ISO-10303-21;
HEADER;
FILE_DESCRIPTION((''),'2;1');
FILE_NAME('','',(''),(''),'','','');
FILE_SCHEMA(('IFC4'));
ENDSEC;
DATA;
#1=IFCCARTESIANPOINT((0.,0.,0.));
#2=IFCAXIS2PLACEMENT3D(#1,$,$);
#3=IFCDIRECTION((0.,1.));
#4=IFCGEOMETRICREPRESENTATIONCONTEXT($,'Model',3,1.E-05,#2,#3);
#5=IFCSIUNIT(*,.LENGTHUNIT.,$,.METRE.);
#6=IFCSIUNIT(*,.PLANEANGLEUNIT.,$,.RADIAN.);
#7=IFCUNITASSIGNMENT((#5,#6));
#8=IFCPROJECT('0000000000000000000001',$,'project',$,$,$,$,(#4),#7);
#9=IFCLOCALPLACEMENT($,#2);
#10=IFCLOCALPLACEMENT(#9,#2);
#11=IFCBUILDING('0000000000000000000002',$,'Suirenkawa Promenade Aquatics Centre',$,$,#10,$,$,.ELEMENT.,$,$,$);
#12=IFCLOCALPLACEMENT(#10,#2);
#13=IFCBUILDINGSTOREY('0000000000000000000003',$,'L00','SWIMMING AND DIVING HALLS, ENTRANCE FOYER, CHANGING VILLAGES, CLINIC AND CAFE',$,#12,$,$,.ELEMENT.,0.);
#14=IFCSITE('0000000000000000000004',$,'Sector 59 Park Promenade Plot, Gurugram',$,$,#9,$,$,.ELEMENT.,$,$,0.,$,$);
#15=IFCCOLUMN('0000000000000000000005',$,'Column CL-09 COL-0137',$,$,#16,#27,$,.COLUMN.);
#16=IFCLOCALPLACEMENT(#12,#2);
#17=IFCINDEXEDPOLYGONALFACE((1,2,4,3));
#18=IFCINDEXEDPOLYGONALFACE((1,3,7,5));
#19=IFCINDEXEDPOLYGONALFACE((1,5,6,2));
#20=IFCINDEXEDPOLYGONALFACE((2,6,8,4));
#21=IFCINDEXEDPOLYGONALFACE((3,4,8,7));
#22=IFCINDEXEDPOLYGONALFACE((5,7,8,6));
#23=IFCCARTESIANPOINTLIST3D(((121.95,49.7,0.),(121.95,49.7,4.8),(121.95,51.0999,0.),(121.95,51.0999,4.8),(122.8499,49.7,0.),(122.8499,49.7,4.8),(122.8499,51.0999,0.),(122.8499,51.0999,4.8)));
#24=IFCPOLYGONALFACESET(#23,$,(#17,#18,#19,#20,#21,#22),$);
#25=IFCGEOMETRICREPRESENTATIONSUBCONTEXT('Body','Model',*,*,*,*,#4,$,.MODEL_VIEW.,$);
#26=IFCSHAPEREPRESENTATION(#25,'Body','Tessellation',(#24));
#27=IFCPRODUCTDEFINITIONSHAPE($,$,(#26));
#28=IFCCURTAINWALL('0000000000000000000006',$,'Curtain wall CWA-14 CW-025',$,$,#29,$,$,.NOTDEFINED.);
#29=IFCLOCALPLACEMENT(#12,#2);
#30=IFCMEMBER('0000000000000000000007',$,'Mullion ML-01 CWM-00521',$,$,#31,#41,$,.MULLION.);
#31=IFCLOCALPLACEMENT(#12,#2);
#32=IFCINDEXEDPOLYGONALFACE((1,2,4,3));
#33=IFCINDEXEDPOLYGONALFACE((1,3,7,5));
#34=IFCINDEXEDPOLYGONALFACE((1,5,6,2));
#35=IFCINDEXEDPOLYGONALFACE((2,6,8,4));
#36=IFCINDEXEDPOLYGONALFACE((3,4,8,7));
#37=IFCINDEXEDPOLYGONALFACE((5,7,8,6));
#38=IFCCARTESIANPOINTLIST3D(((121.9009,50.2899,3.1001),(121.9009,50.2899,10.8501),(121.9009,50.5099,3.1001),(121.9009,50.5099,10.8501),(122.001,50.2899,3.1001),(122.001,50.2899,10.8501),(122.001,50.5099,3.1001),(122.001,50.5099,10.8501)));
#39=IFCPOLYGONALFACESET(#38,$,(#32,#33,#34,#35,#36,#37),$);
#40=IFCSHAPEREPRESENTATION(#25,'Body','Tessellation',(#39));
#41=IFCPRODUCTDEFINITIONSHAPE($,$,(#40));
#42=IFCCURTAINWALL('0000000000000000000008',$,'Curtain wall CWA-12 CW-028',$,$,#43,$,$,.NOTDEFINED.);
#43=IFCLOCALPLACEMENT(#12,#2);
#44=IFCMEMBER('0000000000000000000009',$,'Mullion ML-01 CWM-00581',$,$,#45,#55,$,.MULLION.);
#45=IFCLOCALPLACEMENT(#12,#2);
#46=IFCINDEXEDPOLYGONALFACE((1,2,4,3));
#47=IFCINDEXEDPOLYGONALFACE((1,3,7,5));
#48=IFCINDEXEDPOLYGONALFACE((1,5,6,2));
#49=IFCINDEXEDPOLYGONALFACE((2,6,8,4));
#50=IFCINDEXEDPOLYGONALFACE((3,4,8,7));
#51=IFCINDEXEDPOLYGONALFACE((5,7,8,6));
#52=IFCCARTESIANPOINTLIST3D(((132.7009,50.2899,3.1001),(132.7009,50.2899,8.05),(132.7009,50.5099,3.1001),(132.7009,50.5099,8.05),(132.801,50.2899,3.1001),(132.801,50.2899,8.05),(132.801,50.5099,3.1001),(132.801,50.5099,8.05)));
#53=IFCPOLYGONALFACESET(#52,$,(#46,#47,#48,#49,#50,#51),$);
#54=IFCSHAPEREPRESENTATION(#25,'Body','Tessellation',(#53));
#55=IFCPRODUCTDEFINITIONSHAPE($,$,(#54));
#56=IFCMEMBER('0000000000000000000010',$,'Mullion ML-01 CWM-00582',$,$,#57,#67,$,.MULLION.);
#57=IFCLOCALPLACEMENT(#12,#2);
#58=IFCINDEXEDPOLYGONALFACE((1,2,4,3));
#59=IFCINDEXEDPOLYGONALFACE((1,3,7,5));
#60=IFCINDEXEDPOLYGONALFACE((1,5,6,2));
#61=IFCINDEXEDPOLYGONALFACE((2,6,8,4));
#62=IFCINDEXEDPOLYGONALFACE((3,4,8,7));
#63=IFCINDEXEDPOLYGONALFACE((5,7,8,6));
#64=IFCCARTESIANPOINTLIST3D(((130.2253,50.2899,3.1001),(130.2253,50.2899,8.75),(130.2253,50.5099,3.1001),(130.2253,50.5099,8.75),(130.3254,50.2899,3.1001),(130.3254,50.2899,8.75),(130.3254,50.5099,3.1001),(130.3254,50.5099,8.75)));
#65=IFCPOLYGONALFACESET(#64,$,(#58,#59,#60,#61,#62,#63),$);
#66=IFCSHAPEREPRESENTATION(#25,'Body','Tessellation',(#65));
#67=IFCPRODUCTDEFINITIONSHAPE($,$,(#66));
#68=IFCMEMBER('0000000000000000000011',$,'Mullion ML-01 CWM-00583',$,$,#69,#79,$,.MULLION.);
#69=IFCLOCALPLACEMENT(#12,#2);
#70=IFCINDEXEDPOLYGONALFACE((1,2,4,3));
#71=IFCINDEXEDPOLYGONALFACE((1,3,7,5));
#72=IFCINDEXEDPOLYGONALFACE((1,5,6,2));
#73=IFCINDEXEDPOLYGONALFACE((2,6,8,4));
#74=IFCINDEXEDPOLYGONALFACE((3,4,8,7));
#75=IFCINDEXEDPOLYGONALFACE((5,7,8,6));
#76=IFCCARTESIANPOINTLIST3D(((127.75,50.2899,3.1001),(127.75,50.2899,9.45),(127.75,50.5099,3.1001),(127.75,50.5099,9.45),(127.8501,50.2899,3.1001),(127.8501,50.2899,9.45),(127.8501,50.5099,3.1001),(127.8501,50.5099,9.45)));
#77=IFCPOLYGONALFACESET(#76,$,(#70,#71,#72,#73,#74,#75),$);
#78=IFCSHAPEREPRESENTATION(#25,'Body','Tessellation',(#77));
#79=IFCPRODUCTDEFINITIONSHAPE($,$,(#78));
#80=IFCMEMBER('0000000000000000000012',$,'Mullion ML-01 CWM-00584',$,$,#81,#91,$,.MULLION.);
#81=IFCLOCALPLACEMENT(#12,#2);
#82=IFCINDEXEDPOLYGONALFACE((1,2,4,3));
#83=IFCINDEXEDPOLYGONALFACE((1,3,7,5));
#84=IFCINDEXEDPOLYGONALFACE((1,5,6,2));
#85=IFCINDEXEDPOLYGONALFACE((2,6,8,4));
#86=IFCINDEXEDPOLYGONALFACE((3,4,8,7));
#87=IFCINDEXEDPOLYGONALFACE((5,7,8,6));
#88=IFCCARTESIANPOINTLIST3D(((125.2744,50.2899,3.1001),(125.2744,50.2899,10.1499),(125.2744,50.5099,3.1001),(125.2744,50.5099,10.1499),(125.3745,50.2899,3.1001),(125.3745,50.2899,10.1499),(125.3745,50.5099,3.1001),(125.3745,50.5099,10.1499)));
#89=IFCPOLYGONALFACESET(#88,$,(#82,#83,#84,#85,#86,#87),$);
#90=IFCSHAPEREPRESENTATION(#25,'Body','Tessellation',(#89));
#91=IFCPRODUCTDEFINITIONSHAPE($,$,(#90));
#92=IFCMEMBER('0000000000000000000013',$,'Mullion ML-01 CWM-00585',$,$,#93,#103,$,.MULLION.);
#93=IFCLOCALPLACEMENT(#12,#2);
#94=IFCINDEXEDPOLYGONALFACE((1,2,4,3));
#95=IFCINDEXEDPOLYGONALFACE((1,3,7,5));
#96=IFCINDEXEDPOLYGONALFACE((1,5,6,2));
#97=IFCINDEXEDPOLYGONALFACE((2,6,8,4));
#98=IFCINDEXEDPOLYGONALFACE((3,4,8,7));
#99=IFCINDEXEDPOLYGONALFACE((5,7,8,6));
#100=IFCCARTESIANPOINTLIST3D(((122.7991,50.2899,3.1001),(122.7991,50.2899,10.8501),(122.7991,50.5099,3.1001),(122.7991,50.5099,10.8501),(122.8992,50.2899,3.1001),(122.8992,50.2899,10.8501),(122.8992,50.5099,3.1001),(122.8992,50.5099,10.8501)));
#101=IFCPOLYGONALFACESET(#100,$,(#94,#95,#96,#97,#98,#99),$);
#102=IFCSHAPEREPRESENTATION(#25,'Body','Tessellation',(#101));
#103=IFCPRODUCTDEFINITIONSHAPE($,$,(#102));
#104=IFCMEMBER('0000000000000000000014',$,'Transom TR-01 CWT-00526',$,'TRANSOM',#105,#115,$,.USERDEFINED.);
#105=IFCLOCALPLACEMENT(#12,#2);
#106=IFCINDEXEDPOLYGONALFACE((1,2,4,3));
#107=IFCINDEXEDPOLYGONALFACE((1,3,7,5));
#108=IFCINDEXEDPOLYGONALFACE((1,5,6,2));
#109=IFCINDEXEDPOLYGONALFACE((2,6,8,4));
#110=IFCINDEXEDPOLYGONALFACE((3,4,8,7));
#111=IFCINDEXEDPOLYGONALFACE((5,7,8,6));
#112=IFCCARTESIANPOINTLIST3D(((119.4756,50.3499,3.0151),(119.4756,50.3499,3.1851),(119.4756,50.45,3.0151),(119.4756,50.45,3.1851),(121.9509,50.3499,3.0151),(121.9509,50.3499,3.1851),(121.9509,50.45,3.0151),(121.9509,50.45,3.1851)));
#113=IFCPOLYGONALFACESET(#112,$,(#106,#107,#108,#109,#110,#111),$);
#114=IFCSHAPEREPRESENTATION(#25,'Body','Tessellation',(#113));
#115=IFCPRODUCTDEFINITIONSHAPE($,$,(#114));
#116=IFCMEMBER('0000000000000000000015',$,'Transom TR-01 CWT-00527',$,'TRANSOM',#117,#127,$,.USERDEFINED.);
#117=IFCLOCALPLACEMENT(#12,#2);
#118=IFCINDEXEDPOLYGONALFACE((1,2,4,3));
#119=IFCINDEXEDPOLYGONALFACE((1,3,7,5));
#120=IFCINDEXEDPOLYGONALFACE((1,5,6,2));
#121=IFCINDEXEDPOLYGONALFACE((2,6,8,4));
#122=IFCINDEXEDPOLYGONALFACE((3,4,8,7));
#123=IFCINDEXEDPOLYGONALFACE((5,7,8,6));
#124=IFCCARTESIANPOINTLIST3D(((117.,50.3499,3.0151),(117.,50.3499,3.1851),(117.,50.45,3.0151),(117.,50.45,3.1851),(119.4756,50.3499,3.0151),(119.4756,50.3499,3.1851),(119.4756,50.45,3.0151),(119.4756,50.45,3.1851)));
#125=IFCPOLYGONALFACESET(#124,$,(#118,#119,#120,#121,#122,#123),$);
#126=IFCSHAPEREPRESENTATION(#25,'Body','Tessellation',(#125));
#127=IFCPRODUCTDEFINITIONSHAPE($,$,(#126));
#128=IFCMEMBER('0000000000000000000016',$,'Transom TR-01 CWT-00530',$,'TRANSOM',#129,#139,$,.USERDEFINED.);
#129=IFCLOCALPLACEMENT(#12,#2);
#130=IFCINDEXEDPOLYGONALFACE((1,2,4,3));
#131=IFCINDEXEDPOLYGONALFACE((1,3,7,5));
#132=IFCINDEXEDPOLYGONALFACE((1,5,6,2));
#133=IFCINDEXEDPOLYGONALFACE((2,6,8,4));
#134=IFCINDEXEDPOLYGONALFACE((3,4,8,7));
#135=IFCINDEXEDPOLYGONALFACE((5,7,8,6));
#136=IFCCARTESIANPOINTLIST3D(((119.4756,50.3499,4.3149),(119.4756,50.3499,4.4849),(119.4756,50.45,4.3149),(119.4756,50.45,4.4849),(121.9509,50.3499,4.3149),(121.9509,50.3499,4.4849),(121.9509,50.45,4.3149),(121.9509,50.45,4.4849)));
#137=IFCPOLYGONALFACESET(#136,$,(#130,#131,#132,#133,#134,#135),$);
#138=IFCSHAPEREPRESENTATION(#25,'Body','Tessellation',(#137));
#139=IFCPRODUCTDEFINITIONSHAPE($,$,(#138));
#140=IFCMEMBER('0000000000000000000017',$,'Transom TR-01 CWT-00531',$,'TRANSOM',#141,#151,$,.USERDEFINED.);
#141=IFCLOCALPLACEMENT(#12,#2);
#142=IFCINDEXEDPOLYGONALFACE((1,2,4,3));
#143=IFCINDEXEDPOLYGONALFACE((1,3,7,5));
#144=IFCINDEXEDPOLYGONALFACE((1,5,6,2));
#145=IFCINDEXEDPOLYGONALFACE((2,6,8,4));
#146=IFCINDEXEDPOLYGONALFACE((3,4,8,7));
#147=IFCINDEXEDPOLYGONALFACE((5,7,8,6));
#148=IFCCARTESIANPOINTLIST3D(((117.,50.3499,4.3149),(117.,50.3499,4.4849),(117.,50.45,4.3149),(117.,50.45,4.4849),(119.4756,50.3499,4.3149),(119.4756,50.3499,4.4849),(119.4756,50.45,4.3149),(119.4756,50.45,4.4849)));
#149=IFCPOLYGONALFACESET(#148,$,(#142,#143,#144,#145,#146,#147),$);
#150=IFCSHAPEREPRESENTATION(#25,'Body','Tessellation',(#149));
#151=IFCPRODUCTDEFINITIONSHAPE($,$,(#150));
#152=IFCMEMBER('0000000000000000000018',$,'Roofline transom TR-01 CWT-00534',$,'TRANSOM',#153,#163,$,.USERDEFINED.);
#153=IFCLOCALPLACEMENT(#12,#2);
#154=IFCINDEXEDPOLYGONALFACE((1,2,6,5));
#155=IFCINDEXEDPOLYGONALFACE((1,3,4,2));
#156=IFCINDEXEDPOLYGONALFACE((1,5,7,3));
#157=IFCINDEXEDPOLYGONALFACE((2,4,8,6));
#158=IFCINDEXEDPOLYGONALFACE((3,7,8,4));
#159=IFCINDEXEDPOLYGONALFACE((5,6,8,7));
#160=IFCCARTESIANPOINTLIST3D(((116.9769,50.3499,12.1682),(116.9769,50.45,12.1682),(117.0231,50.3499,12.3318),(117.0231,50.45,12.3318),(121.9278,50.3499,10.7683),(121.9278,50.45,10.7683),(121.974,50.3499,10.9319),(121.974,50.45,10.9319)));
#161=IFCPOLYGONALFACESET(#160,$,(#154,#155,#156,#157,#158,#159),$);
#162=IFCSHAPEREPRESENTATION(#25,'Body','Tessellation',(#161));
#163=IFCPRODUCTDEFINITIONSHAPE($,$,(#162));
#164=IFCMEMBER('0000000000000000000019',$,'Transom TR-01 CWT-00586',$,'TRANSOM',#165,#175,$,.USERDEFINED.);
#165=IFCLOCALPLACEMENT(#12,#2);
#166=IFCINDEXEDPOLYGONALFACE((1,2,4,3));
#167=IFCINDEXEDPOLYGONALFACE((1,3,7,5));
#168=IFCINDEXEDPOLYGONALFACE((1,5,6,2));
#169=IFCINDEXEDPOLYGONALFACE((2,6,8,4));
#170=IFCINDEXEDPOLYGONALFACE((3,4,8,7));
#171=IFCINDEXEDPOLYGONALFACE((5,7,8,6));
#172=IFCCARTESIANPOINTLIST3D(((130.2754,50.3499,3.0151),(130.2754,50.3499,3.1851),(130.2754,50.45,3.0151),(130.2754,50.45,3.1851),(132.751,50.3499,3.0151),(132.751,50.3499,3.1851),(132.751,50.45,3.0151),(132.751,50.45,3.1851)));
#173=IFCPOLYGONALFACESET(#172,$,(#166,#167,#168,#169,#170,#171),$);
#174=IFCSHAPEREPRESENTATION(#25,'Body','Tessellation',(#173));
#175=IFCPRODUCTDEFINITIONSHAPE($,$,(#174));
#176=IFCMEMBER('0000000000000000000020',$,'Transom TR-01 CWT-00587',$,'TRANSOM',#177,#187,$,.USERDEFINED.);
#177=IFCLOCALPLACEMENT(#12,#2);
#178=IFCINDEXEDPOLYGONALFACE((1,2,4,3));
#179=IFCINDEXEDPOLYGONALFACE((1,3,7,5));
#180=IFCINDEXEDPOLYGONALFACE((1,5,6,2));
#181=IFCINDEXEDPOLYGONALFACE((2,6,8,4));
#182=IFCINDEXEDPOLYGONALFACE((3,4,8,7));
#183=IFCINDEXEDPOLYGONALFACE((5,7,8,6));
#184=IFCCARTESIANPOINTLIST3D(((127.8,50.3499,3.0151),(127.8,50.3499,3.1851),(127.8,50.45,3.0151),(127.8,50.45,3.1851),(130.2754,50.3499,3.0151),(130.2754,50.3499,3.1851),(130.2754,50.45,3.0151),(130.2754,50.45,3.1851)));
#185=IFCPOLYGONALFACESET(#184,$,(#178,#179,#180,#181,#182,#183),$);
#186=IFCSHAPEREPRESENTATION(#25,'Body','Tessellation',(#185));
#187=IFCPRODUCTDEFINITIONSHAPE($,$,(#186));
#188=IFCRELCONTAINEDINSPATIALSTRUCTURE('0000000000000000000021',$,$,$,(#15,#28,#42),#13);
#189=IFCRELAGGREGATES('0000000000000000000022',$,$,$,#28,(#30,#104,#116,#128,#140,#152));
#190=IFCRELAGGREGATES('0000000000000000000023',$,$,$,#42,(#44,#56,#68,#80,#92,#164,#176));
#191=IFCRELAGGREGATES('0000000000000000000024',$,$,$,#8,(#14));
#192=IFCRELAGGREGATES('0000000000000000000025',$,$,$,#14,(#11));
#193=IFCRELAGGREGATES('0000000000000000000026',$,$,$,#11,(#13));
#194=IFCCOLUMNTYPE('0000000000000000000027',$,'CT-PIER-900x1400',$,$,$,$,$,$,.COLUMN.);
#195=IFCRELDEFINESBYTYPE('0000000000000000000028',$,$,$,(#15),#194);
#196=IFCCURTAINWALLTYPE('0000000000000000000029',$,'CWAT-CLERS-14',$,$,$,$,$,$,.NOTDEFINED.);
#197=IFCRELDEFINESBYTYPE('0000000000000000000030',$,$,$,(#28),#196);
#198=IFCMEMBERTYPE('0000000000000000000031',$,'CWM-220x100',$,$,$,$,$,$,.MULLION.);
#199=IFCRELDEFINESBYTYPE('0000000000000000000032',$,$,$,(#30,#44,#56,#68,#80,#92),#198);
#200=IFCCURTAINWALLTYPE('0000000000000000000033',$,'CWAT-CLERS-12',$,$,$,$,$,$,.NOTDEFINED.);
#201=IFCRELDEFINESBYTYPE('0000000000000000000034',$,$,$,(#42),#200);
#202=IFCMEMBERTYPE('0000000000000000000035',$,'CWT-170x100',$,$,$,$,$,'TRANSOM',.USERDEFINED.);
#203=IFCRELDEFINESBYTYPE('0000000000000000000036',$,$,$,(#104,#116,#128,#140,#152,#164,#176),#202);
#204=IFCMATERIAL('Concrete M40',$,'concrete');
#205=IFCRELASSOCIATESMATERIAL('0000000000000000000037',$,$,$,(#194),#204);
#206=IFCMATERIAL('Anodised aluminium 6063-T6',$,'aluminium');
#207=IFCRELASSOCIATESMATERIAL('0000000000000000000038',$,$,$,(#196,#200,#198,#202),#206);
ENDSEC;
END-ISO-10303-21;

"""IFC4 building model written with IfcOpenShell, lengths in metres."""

from ifc_helpers import new_model, si_unit, direction, frame, origin, origin_2d, place, context, subcontext, project, spatial, rectangle, extrude, material, material_profile, profile_set, type_object, element, aggregate, save


model = new_model("IFC4")

# Units and contexts
model_context = context("Model", 3, precision=1e-05, world=origin(), true_north=direction((0.0, 1.0)))
body_context = subcontext(model_context, "Body", "Model", "MODEL_VIEW")
ifc_project = project(units=[si_unit("LENGTHUNIT", "METRE"), si_unit("PLANEANGLEUNIT", "RADIAN")], contexts=[model_context])

# Site, building, storey
site_placement = place(None, origin())
site = spatial("IfcSite", under=ifc_project, at=site_placement, Name="Sector 59 Park Promenade Plot, Gurugram", CompositionType="ELEMENT", RefElevation=0.0)
building_placement = place(site_placement, origin())
building = spatial("IfcBuilding", under=site, at=building_placement, Name="Suirenkawa Promenade Aquatics Centre", CompositionType="ELEMENT")
storey_placement = place(building_placement, origin())
storey = spatial("IfcBuildingStorey", under=building, at=storey_placement, Name="L00", Description="SWIMMING AND DIVING HALLS, ENTRANCE FOYER, CHANGING VILLAGES, CLINIC AND CAFE", CompositionType="ELEMENT", Elevation=0.0)

# Column
ifc_material_1 = material(Name="Concrete M40", Category="concrete")
ifc_material_profile_1 = material_profile(ifc_material_1, rectangle(XDim=0.8999, YDim=1.3999, at=origin_2d()), Name="RC PIER 900x1400", Category="concrete")
ifc_profile_set_1 = profile_set([ifc_material_profile_1], Name="Concrete M40")
column_type = type_object("IfcColumnType", Name="CT-PIER-900x1400", PredefinedType="COLUMN", material=ifc_profile_set_1)
column_placement = place(storey_placement, frame((122.3999, 50.3999, 0.0), z_axis=(0.0, 0.0, 1.0), x_axis=(1.0, 0.0, 0.0)))
element("IfcColumn", 1, at=column_placement, inside=storey, type_object=column_type, Name="Column CL-09 COL-0137", PredefinedType="COLUMN", context=body_context, shape_type="SweptSolid", body=[
    extrude(rectangle(XDim=0.8999, YDim=1.3999, at=origin_2d()), origin(), (0.0, 0.0, 1.0), 4.8),
])

# Curtain wall, member
ifc_material_2 = material(Name="Anodised aluminium 6063-T6", Category="aluminium")
curtain_wall_type_1 = type_object("IfcCurtainWallType", Name="CWAT-CLERS-14", PredefinedType="NOTDEFINED", material=ifc_material_2)
curtain_wall_1_placement = place(storey_placement, origin())
curtain_wall_1 = element("IfcCurtainWall", 2, at=curtain_wall_1_placement, inside=storey, type_object=curtain_wall_type_1, Name="Curtain wall CWA-14 CW-025", PredefinedType="NOTDEFINED")
ifc_material_profile_2 = material_profile(ifc_material_2, rectangle(XDim=0.1001, YDim=0.22, at=origin_2d()), Name="ALU MULL 100x220", Category="aluminium")
ifc_profile_set_2 = profile_set([ifc_material_profile_2], Name="Anodised aluminium 6063-T6")
member_type_1 = type_object("IfcMemberType", Name="CWM-220x100", PredefinedType="MULLION", material=ifc_profile_set_2)
member_1_placement = place(storey_placement, frame((121.9509, 50.3999, 3.1001), z_axis=(0.0, 0.0, 1.0), x_axis=(-1.0, 0.0, 0.0)))
member_1 = element("IfcMember", 3, at=member_1_placement, type_object=member_type_1, Name="Mullion ML-01 CWM-00521", PredefinedType="MULLION", context=body_context, shape_type="SweptSolid", body=[
    extrude(rectangle(XDim=0.1001, YDim=0.22, at=origin_2d()), origin(), (0.0, 0.0, 1.0), 7.75),
])

# Curtain wall, members
curtain_wall_type_2 = type_object("IfcCurtainWallType", Name="CWAT-CLERS-12", PredefinedType="NOTDEFINED", material=ifc_material_2)
curtain_wall_2_placement = place(storey_placement, origin())
curtain_wall_2 = element("IfcCurtainWall", 4, at=curtain_wall_2_placement, inside=storey, type_object=curtain_wall_type_2, Name="Curtain wall CWA-12 CW-028", PredefinedType="NOTDEFINED")
member_2_placement = place(storey_placement, frame((132.751, 50.3999, 3.1001), z_axis=(0.0, 0.0, 1.0), x_axis=(-1.0, 0.0, 0.0)))
member_2 = element("IfcMember", 5, at=member_2_placement, type_object=member_type_1, Name="Mullion ML-01 CWM-00581", PredefinedType="MULLION", context=body_context, shape_type="SweptSolid", body=[
    extrude(rectangle(XDim=0.1001, YDim=0.22, at=origin_2d()), origin(), (0.0, 0.0, 1.0), 4.95),
])
member_3_placement = place(storey_placement, frame((130.2754, 50.3999, 3.1001), z_axis=(0.0, 0.0, 1.0), x_axis=(-1.0, 0.0, 0.0)))
member_3 = element("IfcMember", 6, at=member_3_placement, type_object=member_type_1, Name="Mullion ML-01 CWM-00582", PredefinedType="MULLION", context=body_context, shape_type="SweptSolid", body=[
    extrude(rectangle(XDim=0.1001, YDim=0.22, at=origin_2d()), origin(), (0.0, 0.0, 1.0), 5.6499),
])
member_4_placement = place(storey_placement, frame((127.8, 50.3999, 3.1001), z_axis=(0.0, 0.0, 1.0), x_axis=(-1.0, 0.0, 0.0)))
member_4 = element("IfcMember", 7, at=member_4_placement, type_object=member_type_1, Name="Mullion ML-01 CWM-00583", PredefinedType="MULLION", context=body_context, shape_type="SweptSolid", body=[
    extrude(rectangle(XDim=0.1001, YDim=0.22, at=origin_2d()), origin(), (0.0, 0.0, 1.0), 6.3499),
])
member_5_placement = place(storey_placement, frame((125.3245, 50.3999, 3.1001), z_axis=(0.0, 0.0, 1.0), x_axis=(-1.0, 0.0, 0.0)))
member_5 = element("IfcMember", 8, at=member_5_placement, type_object=member_type_1, Name="Mullion ML-01 CWM-00584", PredefinedType="MULLION", context=body_context, shape_type="SweptSolid", body=[
    extrude(rectangle(XDim=0.1001, YDim=0.22, at=origin_2d()), origin(), (0.0, 0.0, 1.0), 7.0498),
])
member_6_placement = place(storey_placement, frame((122.8491, 50.3999, 3.1001), z_axis=(0.0, 0.0, 1.0), x_axis=(-1.0, 0.0, 0.0)))
member_6 = element("IfcMember", 9, at=member_6_placement, type_object=member_type_1, Name="Mullion ML-01 CWM-00585", PredefinedType="MULLION", context=body_context, shape_type="SweptSolid", body=[
    extrude(rectangle(XDim=0.1001, YDim=0.22, at=origin_2d()), origin(), (0.0, 0.0, 1.0), 7.75),
])

# Members
ifc_material_profile_3 = material_profile(ifc_material_2, rectangle(XDim=0.1001, YDim=0.1699, at=origin_2d()), Name="ALU TRAN 100x170", Category="aluminium")
ifc_profile_set_3 = profile_set([ifc_material_profile_3], Name="Anodised aluminium 6063-T6")
member_type_2 = type_object("IfcMemberType", Name="CWT-170x100", ElementType="TRANSOM", PredefinedType="USERDEFINED", material=ifc_profile_set_3)
member_7_placement = place(storey_placement, frame((121.9509, 50.3999, 3.1001), z_axis=(-1.0, 0.0, 0.0), x_axis=(0.0, -1.0, 0.0)))
member_7 = element("IfcMember", 10, at=member_7_placement, type_object=member_type_2, Name="Transom TR-01 CWT-00526", ObjectType="TRANSOM", PredefinedType="USERDEFINED", context=body_context, shape_type="SweptSolid", body=[
    extrude(rectangle(XDim=0.1001, YDim=0.1699, at=origin_2d()), origin(), (0.0, 0.0, 1.0), 2.4753),
])
member_8_placement = place(storey_placement, frame((119.4756, 50.3999, 3.1001), z_axis=(-1.0, 0.0, 0.0), x_axis=(0.0, -1.0, 0.0)))
member_8 = element("IfcMember", 11, at=member_8_placement, type_object=member_type_2, Name="Transom TR-01 CWT-00527", ObjectType="TRANSOM", PredefinedType="USERDEFINED", context=body_context, shape_type="SweptSolid", body=[
    extrude(rectangle(XDim=0.1001, YDim=0.1699, at=origin_2d()), origin(), (0.0, 0.0, 1.0), 2.4756),
])
member_9_placement = place(storey_placement, frame((121.9509, 50.3999, 4.3999), z_axis=(-1.0, 0.0, 0.0), x_axis=(0.0, -1.0, 0.0)))
member_9 = element("IfcMember", 12, at=member_9_placement, type_object=member_type_2, Name="Transom TR-01 CWT-00530", ObjectType="TRANSOM", PredefinedType="USERDEFINED", context=body_context, shape_type="SweptSolid", body=[
    extrude(rectangle(XDim=0.1001, YDim=0.1699, at=origin_2d()), origin(), (0.0, 0.0, 1.0), 2.4753),
])
member_10_placement = place(storey_placement, frame((119.4756, 50.3999, 4.3999), z_axis=(-1.0, 0.0, 0.0), x_axis=(0.0, -1.0, 0.0)))
member_10 = element("IfcMember", 13, at=member_10_placement, type_object=member_type_2, Name="Transom TR-01 CWT-00531", ObjectType="TRANSOM", PredefinedType="USERDEFINED", context=body_context, shape_type="SweptSolid", body=[
    extrude(rectangle(XDim=0.1001, YDim=0.1699, at=origin_2d()), origin(), (0.0, 0.0, 1.0), 2.4756),
])
member_11_placement = place(storey_placement, frame((121.9509, 50.3999, 10.8501), z_axis=(-0.962272, 0.0, 0.272088), x_axis=(0.0, -1.0, 0.0)))
member_11 = element("IfcMember", 14, at=member_11_placement, type_object=member_type_2, Name="Roofline transom TR-01 CWT-00534", ObjectType="TRANSOM", PredefinedType="USERDEFINED", context=body_context, shape_type="SweptSolid", body=[
    extrude(rectangle(XDim=0.1001, YDim=0.1699, at=origin_2d()), origin(), (0.0, 0.0, 1.0), 5.145),
])
member_12_placement = place(storey_placement, frame((132.751, 50.3999, 3.1001), z_axis=(-1.0, 0.0, 0.0), x_axis=(0.0, -1.0, 0.0)))
member_12 = element("IfcMember", 15, at=member_12_placement, type_object=member_type_2, Name="Transom TR-01 CWT-00586", ObjectType="TRANSOM", PredefinedType="USERDEFINED", context=body_context, shape_type="SweptSolid", body=[
    extrude(rectangle(XDim=0.1001, YDim=0.1699, at=origin_2d()), origin(), (0.0, 0.0, 1.0), 2.4756),
])
member_13_placement = place(storey_placement, frame((130.2754, 50.3999, 3.1001), z_axis=(-1.0, 0.0, 0.0), x_axis=(0.0, -1.0, 0.0)))
member_13 = element("IfcMember", 16, at=member_13_placement, type_object=member_type_2, Name="Transom TR-01 CWT-00587", ObjectType="TRANSOM", PredefinedType="USERDEFINED", context=body_context, shape_type="SweptSolid", body=[
    extrude(rectangle(XDim=0.1001, YDim=0.1699, at=origin_2d()), origin(), (0.0, 0.0, 1.0), 2.4753),
])

aggregate(curtain_wall_1, [member_1, member_7, member_8, member_9, member_10, member_11])
aggregate(curtain_wall_2, [member_2, member_3, member_4, member_5, member_6, member_12, member_13])

save(model, "model.ifc")
